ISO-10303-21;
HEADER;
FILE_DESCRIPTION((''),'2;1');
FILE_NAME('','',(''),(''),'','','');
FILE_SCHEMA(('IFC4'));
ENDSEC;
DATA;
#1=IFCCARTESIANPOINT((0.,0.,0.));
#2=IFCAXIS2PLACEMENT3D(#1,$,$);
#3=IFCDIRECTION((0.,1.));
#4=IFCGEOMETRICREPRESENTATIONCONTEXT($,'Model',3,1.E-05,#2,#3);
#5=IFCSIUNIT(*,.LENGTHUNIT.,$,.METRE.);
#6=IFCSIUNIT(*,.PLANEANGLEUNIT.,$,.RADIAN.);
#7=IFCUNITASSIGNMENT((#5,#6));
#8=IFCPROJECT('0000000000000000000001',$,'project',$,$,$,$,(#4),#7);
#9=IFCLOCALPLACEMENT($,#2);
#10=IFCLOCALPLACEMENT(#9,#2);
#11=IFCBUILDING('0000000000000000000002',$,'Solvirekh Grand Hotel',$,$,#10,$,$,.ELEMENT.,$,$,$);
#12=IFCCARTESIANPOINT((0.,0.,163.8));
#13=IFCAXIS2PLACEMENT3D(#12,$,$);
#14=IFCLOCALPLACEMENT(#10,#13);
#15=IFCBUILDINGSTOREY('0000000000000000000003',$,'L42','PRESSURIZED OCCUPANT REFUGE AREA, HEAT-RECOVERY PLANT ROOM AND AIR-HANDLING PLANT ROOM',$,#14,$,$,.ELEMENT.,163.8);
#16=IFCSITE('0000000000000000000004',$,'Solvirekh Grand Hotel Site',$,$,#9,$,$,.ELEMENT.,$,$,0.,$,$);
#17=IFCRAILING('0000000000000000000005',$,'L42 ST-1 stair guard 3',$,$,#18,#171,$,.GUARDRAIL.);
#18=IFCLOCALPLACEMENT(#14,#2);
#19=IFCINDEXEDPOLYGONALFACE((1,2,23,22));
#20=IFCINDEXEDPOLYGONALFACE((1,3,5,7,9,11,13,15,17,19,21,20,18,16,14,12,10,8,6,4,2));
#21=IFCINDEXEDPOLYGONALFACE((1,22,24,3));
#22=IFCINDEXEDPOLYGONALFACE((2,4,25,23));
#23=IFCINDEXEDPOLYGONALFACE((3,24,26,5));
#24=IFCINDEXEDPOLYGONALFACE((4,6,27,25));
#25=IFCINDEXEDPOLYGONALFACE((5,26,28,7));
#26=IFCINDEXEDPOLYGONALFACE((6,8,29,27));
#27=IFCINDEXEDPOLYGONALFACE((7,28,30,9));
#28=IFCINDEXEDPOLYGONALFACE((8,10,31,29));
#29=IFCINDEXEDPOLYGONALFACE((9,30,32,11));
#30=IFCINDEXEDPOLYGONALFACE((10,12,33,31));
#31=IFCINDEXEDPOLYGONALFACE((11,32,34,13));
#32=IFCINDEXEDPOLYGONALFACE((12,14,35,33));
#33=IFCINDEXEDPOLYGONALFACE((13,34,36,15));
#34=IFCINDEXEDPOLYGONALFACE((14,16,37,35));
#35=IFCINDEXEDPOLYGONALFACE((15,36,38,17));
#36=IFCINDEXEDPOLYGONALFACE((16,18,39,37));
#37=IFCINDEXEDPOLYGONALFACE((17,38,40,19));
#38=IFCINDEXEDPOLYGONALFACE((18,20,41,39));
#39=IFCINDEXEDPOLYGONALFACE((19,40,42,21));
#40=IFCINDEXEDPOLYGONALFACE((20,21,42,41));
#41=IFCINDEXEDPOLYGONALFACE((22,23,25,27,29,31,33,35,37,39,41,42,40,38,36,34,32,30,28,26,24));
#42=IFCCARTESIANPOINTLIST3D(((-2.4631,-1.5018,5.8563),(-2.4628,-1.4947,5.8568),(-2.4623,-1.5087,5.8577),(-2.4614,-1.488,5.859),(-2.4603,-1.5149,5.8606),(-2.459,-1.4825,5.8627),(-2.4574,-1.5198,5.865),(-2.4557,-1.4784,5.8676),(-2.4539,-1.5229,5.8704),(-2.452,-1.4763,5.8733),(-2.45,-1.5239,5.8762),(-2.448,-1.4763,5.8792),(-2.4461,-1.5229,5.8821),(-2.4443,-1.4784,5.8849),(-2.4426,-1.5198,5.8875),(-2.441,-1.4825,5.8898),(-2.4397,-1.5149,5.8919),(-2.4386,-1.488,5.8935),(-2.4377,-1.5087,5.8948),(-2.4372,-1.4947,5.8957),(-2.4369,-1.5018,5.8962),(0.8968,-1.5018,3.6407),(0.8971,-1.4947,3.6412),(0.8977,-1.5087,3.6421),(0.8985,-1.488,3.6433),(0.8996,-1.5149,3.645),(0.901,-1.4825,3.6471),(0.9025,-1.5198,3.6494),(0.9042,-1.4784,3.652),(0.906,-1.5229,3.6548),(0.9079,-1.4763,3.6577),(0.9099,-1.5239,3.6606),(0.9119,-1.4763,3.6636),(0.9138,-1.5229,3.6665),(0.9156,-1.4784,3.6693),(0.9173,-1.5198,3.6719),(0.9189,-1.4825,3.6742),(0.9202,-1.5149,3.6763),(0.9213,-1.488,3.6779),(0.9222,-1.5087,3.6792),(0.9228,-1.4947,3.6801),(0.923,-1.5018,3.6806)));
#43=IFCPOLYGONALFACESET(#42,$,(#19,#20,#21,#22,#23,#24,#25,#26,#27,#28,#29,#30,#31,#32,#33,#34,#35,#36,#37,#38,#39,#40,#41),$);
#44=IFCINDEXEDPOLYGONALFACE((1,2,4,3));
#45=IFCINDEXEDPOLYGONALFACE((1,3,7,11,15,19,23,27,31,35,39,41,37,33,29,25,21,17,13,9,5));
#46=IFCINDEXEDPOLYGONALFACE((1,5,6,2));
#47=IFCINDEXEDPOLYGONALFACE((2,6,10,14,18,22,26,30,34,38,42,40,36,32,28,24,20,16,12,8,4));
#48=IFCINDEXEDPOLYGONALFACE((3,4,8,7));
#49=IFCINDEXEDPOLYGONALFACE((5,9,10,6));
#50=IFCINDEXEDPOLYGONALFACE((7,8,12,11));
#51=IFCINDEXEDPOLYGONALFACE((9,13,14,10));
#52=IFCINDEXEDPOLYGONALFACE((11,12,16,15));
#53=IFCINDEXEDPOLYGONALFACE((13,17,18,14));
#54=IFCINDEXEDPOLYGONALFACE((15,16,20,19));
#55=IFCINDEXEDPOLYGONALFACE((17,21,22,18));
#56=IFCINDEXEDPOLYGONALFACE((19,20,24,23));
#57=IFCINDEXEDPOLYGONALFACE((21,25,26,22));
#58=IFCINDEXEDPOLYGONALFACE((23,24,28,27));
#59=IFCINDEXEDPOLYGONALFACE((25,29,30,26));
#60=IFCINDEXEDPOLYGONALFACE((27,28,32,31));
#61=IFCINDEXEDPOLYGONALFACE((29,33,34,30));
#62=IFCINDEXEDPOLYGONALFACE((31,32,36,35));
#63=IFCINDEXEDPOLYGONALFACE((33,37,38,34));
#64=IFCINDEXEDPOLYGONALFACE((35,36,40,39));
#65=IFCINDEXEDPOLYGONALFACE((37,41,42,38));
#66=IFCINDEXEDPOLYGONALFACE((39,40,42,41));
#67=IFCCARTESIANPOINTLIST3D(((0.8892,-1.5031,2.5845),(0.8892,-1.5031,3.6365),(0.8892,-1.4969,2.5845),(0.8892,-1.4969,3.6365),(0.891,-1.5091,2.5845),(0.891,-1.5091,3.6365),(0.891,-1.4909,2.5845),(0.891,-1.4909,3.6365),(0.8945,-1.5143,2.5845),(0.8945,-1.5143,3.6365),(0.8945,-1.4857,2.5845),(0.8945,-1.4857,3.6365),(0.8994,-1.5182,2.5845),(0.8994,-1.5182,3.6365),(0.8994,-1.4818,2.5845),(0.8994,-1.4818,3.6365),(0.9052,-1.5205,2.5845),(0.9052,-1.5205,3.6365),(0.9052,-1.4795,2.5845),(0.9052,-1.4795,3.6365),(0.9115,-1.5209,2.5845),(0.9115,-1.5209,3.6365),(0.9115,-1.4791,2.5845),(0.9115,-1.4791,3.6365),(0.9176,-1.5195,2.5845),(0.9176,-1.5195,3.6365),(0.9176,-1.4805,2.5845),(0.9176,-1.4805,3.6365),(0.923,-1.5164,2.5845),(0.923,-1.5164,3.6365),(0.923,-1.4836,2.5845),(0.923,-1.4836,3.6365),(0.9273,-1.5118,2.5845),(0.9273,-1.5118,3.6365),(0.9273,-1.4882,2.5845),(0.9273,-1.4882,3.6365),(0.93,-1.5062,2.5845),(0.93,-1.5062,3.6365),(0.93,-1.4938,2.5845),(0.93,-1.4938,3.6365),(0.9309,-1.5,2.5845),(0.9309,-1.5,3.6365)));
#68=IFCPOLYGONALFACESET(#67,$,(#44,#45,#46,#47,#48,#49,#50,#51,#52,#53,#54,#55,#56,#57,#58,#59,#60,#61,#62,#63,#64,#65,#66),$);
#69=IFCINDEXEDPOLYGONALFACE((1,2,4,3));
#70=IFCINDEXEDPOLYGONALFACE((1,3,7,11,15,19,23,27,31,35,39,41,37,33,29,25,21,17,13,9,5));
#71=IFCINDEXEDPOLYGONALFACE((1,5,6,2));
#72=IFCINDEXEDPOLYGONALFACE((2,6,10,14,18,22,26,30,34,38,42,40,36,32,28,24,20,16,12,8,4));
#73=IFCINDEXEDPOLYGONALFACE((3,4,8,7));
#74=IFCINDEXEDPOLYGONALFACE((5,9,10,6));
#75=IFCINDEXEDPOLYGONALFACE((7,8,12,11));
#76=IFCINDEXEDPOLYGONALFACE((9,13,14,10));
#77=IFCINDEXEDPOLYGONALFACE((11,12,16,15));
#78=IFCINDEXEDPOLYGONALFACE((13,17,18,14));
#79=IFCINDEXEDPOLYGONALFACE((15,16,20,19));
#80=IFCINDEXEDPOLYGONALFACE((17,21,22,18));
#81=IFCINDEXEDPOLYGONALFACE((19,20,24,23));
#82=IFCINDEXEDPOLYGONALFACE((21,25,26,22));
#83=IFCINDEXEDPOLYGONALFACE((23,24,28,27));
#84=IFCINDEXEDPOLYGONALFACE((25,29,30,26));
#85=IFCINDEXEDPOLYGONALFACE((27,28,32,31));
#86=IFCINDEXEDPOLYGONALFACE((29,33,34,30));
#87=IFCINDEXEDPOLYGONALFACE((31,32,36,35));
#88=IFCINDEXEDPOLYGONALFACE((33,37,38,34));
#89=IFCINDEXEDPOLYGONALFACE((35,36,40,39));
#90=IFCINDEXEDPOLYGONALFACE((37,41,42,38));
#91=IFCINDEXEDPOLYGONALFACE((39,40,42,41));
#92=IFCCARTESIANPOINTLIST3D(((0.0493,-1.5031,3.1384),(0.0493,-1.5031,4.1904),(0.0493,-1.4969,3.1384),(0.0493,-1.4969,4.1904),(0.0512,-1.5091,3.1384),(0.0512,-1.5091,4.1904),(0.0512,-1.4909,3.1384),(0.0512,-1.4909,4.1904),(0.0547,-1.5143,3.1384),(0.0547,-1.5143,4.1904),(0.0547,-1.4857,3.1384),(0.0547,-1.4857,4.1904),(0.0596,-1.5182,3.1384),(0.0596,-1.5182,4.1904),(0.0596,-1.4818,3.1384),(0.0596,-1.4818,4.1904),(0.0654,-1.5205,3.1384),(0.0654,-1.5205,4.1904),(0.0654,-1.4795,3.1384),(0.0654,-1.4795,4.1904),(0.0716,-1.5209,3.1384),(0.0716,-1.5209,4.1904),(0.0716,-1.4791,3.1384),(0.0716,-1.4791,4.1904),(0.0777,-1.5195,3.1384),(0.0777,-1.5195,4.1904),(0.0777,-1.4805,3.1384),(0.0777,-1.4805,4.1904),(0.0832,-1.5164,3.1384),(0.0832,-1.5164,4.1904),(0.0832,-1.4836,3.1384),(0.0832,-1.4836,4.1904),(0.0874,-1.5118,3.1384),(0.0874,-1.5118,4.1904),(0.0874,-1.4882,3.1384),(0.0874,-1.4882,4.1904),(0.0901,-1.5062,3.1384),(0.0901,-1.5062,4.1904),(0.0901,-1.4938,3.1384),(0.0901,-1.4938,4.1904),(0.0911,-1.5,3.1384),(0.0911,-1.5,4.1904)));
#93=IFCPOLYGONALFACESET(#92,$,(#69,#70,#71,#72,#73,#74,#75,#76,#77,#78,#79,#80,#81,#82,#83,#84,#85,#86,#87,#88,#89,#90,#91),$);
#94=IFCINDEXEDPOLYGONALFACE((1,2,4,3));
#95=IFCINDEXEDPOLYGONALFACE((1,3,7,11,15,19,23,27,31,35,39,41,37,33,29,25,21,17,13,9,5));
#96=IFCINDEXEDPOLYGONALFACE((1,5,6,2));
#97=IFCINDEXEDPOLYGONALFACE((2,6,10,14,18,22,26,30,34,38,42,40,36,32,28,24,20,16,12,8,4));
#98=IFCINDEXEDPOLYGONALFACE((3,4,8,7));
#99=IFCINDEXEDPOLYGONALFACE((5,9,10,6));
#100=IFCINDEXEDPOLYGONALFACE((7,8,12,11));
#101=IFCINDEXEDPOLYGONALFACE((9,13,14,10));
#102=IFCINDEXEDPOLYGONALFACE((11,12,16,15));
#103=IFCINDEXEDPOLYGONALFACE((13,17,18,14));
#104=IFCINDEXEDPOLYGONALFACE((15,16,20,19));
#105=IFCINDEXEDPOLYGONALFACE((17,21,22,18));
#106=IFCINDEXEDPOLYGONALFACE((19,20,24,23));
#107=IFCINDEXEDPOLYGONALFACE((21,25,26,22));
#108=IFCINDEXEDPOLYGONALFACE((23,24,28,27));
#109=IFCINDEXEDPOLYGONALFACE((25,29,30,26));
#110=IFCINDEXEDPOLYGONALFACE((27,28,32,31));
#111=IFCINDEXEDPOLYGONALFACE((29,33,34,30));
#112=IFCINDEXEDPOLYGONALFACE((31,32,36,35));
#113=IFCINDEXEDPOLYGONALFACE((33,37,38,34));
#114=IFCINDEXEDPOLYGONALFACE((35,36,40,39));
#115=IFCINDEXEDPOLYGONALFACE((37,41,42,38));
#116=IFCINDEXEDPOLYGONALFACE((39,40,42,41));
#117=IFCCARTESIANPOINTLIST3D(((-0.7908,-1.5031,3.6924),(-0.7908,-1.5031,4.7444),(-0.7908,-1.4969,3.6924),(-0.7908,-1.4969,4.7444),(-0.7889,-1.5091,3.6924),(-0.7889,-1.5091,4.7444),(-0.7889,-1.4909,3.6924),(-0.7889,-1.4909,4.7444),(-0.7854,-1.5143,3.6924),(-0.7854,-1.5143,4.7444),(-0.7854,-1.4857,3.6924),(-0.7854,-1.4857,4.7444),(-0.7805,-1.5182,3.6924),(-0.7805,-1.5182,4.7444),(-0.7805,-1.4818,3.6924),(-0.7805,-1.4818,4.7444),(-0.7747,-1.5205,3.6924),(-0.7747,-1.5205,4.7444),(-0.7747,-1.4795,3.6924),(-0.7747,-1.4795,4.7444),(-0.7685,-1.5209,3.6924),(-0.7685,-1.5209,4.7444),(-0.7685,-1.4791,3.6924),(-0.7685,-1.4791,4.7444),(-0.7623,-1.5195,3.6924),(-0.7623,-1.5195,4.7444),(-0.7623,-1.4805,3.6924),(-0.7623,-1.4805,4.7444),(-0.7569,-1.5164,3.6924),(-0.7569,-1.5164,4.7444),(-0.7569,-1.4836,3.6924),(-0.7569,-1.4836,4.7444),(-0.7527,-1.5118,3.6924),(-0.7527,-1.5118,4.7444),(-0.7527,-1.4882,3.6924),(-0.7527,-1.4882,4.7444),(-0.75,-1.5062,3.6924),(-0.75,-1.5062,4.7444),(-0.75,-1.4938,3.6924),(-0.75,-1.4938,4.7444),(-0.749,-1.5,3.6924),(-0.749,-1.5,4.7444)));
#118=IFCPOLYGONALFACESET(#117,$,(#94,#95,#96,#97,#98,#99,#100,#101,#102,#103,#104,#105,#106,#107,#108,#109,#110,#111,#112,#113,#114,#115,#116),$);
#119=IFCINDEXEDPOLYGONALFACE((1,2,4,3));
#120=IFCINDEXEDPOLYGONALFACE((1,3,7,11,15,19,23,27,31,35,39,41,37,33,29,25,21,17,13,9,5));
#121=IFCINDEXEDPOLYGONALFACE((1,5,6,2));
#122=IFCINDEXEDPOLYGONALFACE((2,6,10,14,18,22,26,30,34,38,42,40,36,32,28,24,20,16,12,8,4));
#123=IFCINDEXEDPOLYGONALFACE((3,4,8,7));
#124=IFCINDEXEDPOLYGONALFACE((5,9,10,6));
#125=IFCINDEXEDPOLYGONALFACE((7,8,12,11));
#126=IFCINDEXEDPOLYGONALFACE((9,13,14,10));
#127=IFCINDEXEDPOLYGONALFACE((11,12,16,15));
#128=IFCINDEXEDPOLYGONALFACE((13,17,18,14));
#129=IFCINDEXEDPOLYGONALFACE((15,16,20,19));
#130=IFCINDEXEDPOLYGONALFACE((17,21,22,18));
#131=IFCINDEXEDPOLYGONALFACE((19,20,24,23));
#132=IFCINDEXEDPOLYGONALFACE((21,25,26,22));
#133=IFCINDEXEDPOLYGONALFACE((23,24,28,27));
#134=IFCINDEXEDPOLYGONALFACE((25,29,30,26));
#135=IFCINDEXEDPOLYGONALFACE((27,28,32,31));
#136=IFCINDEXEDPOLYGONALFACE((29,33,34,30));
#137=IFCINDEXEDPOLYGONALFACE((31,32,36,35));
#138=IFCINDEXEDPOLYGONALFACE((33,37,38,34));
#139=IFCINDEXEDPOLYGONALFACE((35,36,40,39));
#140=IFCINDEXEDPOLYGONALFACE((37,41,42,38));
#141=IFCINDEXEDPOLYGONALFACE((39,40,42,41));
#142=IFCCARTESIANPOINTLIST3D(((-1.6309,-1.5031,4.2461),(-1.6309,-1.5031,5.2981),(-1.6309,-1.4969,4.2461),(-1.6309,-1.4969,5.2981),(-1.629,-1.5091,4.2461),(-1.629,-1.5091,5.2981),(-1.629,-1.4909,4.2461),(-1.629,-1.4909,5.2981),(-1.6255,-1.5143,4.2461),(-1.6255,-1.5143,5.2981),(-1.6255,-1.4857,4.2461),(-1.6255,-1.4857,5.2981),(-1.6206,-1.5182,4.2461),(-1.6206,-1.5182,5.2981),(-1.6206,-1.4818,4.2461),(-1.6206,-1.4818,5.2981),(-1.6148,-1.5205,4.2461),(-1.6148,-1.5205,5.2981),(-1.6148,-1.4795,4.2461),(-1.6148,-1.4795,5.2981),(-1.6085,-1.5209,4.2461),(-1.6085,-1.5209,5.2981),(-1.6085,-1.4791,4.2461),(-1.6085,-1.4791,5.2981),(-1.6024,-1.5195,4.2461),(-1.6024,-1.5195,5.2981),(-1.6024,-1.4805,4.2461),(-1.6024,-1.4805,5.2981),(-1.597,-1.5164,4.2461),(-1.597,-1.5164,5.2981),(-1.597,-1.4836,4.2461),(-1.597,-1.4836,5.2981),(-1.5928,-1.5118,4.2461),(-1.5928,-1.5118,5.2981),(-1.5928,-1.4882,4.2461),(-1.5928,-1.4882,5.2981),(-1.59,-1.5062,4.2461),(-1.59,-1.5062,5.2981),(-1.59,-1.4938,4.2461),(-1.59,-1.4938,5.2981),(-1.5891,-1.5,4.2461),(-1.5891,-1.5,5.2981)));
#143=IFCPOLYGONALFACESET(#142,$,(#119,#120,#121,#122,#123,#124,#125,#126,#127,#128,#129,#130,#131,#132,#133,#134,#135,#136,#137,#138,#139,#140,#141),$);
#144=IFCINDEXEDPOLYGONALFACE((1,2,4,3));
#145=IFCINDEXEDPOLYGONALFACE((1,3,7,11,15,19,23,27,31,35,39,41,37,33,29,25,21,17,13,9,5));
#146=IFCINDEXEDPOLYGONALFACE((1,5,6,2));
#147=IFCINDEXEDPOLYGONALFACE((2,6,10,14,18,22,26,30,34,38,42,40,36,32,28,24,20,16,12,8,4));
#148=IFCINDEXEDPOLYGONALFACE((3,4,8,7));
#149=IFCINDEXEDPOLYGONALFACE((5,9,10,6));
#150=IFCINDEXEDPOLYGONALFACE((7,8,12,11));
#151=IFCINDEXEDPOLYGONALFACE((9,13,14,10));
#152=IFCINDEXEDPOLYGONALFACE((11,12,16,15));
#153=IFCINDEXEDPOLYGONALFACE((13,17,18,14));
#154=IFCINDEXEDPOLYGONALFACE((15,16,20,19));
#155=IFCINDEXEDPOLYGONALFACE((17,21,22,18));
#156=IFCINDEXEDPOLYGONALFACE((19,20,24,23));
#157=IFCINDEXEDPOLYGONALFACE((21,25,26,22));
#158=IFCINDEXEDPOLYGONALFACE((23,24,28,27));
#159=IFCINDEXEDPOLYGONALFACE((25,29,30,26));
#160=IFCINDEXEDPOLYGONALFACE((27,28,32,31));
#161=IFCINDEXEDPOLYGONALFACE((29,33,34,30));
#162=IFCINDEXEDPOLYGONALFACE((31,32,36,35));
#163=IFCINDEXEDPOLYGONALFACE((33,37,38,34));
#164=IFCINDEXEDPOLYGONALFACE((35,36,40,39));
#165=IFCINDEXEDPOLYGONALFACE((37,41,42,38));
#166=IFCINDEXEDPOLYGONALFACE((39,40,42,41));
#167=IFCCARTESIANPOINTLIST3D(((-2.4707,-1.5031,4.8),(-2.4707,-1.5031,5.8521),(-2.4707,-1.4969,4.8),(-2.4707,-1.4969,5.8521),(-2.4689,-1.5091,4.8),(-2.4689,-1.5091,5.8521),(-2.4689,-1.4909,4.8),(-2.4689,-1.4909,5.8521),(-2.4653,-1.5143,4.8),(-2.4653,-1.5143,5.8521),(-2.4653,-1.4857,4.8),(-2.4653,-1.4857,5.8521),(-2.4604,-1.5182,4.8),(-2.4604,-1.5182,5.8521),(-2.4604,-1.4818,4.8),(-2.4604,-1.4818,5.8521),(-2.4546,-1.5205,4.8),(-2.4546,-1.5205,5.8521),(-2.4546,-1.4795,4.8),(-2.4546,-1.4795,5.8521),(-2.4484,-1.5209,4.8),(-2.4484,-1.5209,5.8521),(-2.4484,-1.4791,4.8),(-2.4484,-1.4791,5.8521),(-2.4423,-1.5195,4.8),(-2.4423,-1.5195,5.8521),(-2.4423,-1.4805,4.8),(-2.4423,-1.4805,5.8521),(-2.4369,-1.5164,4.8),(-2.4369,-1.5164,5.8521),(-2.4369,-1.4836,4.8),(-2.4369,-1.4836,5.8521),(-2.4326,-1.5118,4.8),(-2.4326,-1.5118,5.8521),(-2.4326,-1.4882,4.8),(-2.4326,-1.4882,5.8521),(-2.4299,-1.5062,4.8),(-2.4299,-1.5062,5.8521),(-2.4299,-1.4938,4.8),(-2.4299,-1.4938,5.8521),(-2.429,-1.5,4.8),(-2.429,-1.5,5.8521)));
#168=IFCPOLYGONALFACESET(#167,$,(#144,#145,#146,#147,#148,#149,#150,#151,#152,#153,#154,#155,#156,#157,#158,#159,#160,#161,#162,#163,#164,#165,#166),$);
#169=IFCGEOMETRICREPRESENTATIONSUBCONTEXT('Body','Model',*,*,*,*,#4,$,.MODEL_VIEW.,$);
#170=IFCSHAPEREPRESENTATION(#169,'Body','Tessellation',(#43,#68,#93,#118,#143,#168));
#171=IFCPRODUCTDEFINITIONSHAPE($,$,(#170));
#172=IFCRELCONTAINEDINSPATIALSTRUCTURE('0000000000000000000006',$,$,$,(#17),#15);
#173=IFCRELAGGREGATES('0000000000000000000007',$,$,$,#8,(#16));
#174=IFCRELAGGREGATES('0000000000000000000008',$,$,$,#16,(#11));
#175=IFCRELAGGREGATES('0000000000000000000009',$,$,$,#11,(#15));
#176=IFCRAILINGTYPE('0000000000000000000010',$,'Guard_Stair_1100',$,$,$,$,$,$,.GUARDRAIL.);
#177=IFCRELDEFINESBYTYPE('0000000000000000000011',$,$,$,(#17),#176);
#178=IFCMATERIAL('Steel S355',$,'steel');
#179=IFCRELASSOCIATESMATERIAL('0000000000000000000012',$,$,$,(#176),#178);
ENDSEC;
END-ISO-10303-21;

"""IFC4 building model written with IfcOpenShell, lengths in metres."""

from ifc_helpers import new_model, si_unit, direction, frame, origin, origin_2d, place, context, subcontext, project, spatial, circle, extrude, material, type_object, element, save


model = new_model("IFC4")

# Units and contexts
model_context = context("Model", 3, precision=1e-05, world=origin(), true_north=direction((0.0, 1.0)))
body_context = subcontext(model_context, "Body", "Model", "MODEL_VIEW")
ifc_project = project(units=[si_unit("LENGTHUNIT", "METRE"), si_unit("PLANEANGLEUNIT", "RADIAN")], contexts=[model_context])

# Site, building, storey
site_placement = place(None, origin())
site = spatial("IfcSite", under=ifc_project, at=site_placement, Name="Solvirekh Grand Hotel Site", CompositionType="ELEMENT", RefElevation=0.0)
building_placement = place(site_placement, origin())
building = spatial("IfcBuilding", under=site, at=building_placement, Name="Solvirekh Grand Hotel", CompositionType="ELEMENT")
storey_placement = place(building_placement, frame((0.0, 0.0, 163.8)))
storey = spatial("IfcBuildingStorey", under=building, at=storey_placement, Name="L42", Description="PRESSURIZED OCCUPANT REFUGE AREA, HEAT-RECOVERY PLANT ROOM AND AIR-HANDLING PLANT ROOM", CompositionType="ELEMENT", Elevation=163.8)

# Railing
ifc_material_1 = material(Name="Steel S355", Category="steel")
railing_type_1 = type_object("IfcRailingType", Name="Guard_Stair_1100", PredefinedType="GUARDRAIL", material=ifc_material_1)
railing_1_placement = place(storey_placement, frame((0.9099, -1.5, 2.5845)))
element("IfcRailing", 1, at=railing_1_placement, inside=storey, type_object=railing_type_1, Name="L42 ST-1 stair guard 3", PredefinedType="GUARDRAIL", context=body_context, shape_type="SweptSolid", body=[
    extrude(circle(Radius=0.0239, at=origin_2d()), frame((0.0, 0.0, 1.0762), z_axis=(-0.83483, 0.0, 0.550508), x_axis=(0.0, -1.0, 0.0)), (0.0, 0.0, 1.0), 4.0247),
    extrude(circle(Radius=0.021, at=origin_2d()), origin(), (0.0, 0.0, 1.0), 1.052),
    extrude(circle(Radius=0.021, at=origin_2d()), frame((-0.8398, 0.0, 0.554)), (0.0, 0.0, 1.0), 1.052),
    extrude(circle(Radius=0.021, at=origin_2d()), frame((-1.6799, 0.0, 1.1079)), (0.0, 0.0, 1.0), 1.052),
    extrude(circle(Radius=0.021, at=origin_2d()), frame((-2.52, 0.0, 1.6616)), (0.0, 0.0, 1.0), 1.052),
    extrude(circle(Radius=0.021, at=origin_2d()), frame((-3.3599, 0.0, 2.2156)), (0.0, 0.0, 1.0), 1.052),
])

save(model, "model.ifc")
